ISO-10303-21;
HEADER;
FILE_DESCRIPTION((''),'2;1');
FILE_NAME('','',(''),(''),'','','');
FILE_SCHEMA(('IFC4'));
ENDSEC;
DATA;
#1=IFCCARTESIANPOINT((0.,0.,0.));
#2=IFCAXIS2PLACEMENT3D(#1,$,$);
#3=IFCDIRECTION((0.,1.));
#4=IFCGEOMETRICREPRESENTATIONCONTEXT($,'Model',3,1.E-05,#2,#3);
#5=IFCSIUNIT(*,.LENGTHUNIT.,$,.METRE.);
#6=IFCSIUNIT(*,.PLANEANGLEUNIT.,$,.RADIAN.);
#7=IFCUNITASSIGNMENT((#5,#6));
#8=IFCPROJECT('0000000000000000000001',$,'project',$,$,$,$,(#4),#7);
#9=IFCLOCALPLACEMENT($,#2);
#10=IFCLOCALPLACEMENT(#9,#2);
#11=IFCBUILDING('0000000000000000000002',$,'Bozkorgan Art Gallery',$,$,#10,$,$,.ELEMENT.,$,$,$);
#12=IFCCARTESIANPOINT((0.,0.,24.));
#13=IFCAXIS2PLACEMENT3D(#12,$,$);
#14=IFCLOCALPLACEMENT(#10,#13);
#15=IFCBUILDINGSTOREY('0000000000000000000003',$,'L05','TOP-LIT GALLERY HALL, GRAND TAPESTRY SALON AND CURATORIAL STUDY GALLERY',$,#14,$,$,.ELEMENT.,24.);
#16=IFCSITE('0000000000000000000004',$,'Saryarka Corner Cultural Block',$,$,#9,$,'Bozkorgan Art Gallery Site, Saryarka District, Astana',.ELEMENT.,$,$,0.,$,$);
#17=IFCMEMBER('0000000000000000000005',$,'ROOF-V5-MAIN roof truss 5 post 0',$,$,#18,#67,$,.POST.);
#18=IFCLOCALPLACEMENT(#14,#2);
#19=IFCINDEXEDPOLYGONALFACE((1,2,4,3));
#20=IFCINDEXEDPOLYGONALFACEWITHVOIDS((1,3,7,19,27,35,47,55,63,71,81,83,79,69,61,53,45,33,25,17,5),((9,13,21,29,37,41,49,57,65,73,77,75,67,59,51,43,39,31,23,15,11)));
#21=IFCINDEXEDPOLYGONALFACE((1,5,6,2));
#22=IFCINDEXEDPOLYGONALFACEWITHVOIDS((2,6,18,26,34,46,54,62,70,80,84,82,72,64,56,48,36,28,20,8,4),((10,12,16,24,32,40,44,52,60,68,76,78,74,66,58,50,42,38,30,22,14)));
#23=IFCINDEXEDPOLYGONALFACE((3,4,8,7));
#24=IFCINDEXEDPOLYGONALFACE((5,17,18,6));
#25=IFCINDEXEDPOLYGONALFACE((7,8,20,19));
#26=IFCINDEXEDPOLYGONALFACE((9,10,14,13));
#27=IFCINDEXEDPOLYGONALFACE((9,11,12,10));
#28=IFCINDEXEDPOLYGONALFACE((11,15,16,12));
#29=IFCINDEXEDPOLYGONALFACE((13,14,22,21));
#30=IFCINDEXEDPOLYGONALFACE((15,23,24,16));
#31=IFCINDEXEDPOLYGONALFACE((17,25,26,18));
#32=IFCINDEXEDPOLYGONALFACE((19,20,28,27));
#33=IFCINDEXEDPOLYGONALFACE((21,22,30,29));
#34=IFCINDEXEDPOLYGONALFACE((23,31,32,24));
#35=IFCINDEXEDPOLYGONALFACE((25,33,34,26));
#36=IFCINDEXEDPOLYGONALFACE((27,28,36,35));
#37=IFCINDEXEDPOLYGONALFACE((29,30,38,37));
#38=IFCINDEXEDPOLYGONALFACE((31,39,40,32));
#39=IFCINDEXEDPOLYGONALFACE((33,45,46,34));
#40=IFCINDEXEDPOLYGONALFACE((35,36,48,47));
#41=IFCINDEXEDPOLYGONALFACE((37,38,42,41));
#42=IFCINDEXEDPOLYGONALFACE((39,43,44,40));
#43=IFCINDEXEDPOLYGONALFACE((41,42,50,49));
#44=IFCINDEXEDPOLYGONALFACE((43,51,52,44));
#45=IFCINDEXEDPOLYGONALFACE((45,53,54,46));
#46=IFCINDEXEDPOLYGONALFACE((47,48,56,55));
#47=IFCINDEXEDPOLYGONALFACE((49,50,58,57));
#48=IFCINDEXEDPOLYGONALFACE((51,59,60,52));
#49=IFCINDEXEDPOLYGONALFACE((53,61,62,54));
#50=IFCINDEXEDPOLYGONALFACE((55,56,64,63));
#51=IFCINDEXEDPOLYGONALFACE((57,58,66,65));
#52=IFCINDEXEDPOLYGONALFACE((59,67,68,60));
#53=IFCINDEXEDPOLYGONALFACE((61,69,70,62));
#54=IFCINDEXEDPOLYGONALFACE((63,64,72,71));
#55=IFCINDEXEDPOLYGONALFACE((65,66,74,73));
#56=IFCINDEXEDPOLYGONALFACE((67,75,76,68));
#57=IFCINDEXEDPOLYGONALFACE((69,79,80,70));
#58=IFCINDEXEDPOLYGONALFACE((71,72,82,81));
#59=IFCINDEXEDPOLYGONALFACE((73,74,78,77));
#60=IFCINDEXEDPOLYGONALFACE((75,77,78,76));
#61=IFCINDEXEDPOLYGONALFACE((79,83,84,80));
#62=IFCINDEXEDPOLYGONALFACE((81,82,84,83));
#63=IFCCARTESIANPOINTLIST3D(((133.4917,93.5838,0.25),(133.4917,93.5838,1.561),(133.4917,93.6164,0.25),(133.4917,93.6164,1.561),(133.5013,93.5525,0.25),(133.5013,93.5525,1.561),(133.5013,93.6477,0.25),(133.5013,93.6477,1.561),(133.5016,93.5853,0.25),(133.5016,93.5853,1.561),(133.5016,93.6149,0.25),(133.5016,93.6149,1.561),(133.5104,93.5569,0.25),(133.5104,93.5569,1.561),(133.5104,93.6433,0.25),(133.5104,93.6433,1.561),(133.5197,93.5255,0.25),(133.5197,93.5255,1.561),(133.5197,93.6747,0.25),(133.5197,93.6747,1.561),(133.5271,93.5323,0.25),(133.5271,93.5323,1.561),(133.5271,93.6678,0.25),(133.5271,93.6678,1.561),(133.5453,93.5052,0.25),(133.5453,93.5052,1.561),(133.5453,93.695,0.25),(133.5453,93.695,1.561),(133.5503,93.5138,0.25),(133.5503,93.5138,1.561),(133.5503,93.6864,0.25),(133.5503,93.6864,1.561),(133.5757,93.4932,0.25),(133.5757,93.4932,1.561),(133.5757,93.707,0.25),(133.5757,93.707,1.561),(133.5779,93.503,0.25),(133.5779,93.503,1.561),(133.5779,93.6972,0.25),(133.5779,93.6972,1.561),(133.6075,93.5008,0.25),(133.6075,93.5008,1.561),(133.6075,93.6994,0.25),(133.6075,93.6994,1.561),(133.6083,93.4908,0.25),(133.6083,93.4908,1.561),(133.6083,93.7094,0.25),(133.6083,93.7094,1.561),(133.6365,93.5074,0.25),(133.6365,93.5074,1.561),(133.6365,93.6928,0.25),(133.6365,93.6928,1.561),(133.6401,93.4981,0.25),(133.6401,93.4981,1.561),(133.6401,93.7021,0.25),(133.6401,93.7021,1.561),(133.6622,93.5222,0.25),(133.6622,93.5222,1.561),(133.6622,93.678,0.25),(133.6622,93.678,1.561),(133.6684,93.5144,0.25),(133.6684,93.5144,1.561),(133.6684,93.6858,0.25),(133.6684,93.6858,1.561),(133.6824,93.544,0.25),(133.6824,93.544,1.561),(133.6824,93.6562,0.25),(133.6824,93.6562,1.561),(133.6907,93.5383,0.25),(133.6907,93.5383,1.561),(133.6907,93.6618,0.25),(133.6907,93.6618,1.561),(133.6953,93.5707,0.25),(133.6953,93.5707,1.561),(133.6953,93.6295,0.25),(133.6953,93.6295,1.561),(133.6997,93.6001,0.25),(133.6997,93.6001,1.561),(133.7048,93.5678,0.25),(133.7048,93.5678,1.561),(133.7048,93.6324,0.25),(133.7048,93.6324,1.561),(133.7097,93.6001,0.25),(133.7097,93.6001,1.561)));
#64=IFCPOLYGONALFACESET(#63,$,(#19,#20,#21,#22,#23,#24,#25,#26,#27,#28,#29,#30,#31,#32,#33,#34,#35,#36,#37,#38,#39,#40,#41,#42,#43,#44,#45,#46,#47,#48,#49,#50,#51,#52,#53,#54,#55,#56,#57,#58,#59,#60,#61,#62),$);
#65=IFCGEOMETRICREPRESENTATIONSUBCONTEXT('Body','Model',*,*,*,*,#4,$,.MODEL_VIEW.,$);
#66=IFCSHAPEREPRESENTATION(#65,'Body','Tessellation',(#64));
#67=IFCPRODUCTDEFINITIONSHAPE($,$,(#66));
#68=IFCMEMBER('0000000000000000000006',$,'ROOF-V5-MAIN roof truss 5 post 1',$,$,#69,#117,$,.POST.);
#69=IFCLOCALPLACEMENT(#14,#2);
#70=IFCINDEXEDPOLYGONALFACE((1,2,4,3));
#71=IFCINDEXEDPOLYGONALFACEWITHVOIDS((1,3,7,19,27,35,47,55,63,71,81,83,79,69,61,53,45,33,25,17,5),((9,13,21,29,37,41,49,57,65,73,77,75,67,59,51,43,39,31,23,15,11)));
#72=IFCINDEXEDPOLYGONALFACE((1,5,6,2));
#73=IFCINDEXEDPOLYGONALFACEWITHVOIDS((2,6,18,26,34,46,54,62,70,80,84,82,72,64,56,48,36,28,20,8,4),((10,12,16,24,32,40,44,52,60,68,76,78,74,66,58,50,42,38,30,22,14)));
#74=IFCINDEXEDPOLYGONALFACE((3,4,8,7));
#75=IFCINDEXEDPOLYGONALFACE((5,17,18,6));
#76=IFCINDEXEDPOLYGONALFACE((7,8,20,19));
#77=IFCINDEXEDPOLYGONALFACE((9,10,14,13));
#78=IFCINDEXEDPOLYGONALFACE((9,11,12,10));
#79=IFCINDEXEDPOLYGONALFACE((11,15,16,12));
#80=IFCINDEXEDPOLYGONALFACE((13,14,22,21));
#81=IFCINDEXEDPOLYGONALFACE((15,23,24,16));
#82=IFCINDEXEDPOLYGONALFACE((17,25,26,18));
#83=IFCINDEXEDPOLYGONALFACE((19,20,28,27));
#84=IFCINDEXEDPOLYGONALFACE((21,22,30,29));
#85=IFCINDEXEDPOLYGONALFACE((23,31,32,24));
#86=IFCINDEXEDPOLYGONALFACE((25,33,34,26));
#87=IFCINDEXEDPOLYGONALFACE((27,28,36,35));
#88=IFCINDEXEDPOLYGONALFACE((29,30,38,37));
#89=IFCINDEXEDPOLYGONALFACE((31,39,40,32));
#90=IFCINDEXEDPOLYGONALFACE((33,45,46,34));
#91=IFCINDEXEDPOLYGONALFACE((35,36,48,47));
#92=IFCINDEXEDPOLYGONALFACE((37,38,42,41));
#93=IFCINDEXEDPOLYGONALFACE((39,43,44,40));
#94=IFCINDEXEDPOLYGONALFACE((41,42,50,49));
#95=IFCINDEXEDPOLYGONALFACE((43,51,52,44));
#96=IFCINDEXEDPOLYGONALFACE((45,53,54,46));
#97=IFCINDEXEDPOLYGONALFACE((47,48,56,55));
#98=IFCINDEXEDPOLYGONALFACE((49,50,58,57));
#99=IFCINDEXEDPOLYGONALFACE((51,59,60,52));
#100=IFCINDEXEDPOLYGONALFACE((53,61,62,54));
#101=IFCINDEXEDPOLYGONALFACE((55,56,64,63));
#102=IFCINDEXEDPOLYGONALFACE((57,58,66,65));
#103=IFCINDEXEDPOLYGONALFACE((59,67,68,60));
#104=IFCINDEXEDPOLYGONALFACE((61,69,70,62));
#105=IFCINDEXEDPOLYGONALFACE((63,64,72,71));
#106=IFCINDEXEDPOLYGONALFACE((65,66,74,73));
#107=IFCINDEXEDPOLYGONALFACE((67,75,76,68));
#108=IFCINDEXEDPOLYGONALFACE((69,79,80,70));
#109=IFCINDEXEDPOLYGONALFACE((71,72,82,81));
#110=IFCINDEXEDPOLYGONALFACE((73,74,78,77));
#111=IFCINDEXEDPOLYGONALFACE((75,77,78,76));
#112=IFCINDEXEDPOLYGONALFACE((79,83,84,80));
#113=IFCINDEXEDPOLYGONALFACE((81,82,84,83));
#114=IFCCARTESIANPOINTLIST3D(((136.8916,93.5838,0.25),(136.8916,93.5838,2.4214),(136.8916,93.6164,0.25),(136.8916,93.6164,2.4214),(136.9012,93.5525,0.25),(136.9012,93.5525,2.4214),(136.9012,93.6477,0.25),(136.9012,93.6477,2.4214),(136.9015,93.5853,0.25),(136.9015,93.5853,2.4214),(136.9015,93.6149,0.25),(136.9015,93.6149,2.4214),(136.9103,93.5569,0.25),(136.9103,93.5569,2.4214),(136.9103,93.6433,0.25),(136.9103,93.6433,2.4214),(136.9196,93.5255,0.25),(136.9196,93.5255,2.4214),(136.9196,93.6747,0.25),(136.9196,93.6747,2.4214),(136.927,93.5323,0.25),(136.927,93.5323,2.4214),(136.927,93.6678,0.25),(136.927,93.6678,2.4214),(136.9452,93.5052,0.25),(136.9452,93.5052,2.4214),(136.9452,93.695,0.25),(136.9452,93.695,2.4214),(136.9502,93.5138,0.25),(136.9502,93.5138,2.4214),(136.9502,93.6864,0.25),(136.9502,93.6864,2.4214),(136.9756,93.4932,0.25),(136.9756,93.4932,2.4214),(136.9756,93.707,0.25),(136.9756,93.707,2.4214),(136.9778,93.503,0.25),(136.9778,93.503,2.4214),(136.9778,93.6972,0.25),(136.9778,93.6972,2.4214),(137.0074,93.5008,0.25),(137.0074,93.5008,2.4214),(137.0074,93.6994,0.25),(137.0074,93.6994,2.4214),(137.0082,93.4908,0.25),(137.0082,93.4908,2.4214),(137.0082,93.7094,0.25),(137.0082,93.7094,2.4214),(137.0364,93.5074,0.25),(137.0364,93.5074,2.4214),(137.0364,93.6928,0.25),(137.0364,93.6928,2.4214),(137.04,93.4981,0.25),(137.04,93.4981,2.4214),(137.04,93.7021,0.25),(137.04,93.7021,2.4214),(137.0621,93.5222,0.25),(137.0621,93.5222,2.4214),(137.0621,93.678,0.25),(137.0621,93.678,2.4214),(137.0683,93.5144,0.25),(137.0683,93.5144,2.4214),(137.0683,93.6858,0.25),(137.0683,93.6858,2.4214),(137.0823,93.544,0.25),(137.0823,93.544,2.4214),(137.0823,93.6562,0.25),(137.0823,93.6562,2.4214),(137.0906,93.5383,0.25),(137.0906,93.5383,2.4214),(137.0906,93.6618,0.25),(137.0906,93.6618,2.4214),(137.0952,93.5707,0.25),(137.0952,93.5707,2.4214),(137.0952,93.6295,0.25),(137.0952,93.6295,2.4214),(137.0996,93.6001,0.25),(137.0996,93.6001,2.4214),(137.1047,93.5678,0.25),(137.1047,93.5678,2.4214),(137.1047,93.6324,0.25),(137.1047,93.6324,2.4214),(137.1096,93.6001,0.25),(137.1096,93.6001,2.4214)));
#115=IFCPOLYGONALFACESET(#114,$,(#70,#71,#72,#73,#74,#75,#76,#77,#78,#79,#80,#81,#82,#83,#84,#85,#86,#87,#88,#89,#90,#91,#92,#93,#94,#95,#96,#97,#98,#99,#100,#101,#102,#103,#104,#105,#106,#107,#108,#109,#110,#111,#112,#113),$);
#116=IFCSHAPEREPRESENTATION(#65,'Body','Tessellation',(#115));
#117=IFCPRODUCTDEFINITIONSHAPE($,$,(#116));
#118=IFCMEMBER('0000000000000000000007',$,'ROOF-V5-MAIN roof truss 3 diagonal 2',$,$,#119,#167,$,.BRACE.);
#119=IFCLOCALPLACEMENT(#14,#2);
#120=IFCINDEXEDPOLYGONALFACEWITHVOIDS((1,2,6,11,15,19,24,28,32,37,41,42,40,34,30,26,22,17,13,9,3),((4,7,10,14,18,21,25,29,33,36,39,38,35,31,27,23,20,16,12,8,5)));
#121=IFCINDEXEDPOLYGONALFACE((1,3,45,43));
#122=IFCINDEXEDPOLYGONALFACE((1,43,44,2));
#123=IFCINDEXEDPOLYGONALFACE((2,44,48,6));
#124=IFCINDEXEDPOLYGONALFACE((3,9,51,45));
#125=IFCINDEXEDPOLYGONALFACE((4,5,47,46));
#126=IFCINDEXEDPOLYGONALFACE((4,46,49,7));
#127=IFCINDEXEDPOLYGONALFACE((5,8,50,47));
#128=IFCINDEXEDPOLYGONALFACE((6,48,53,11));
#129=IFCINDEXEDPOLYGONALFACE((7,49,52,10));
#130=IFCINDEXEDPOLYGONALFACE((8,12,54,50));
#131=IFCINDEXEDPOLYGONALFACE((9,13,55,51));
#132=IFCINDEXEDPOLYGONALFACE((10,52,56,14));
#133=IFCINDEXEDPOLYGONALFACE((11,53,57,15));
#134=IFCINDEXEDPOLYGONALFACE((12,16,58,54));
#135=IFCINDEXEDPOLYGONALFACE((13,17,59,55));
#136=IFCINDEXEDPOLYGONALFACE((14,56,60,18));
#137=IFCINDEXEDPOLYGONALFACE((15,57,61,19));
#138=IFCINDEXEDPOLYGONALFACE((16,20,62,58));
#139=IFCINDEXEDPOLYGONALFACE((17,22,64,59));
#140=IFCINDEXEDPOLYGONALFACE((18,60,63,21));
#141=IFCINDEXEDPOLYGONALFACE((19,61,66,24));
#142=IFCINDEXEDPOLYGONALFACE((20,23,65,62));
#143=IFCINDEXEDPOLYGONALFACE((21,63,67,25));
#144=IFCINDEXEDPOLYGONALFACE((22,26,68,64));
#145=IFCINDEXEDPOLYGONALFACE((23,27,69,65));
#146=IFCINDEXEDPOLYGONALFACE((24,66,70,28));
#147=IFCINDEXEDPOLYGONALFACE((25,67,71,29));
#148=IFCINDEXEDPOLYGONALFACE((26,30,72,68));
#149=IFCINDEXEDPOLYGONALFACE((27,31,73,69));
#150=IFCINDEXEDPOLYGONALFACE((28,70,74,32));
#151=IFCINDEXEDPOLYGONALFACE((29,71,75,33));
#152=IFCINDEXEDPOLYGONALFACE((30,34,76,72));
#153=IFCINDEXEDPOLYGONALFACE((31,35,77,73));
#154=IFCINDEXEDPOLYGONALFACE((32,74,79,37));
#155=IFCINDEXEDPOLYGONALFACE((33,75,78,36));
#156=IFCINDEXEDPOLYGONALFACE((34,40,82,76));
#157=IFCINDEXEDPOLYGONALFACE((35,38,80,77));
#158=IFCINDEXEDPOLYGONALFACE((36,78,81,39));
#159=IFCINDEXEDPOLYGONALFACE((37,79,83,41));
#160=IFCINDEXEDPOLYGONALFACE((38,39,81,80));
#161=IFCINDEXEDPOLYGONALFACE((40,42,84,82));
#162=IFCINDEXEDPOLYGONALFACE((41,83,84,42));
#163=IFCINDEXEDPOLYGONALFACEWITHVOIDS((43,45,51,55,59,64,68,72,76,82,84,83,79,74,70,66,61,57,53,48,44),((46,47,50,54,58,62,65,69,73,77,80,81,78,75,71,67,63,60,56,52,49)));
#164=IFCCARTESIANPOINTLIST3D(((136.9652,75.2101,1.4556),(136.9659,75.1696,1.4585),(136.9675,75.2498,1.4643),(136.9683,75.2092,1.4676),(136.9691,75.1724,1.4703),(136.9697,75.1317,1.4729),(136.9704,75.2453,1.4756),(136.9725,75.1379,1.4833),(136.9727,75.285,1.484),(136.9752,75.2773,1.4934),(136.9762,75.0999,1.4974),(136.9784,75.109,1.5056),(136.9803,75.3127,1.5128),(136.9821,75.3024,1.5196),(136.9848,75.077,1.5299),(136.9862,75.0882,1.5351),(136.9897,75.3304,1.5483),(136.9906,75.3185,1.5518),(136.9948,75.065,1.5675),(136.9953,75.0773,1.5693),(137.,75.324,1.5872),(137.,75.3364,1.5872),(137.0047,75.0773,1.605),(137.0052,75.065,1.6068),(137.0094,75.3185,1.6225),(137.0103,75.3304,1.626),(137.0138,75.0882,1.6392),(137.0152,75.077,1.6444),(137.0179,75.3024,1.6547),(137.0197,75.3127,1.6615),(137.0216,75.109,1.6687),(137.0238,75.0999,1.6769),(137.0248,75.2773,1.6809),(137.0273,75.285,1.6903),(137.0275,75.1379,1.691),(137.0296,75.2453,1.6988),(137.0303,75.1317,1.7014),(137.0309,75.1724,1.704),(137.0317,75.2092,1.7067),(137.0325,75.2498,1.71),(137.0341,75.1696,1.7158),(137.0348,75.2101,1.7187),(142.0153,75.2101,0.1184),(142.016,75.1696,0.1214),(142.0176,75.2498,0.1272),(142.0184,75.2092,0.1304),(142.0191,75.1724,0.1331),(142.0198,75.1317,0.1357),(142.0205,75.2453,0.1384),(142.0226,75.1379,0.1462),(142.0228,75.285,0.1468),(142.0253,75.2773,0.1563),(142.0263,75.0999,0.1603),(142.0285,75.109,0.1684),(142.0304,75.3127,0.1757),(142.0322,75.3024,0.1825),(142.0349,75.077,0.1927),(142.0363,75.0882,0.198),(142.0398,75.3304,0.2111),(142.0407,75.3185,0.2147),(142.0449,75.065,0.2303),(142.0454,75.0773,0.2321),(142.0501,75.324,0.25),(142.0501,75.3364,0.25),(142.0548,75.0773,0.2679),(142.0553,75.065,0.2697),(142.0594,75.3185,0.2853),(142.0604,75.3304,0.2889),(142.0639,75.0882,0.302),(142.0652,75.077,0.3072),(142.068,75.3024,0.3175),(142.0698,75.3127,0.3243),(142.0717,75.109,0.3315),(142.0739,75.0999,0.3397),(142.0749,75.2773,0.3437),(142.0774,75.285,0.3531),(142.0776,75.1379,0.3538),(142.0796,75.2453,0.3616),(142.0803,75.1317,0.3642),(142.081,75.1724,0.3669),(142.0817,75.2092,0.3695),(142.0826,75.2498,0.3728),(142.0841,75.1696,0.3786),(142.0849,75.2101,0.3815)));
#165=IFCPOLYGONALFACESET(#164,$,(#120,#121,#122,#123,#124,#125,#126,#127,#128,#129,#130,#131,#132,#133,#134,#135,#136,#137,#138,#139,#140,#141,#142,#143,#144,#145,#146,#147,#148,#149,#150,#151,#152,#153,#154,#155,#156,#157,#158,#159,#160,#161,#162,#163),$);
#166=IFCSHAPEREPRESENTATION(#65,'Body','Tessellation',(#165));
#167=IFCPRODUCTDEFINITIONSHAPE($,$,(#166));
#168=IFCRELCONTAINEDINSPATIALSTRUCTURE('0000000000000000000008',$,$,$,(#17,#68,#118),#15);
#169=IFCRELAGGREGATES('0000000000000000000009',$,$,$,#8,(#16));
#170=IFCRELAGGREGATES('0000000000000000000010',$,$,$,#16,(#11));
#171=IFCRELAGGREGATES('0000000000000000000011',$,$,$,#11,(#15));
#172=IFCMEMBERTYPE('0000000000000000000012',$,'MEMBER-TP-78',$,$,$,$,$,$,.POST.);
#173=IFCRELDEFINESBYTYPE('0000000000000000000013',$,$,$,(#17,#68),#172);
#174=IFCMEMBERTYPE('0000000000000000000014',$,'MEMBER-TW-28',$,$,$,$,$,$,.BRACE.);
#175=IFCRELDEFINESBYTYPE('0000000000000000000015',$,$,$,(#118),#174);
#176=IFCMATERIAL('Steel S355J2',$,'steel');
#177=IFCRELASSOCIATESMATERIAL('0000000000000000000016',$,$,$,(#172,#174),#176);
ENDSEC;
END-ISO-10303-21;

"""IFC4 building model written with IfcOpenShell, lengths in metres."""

from ifc_helpers import new_model, si_unit, direction, frame, origin, origin_2d, place, context, subcontext, project, spatial, hollow_circle, extrude, material, material_profile, profile_set, type_object, element, save


model = new_model("IFC4")

# Units and contexts
model_context = context("Model", 3, precision=1e-05, world=origin(), true_north=direction((0.0, 1.0)))
body_context = subcontext(model_context, "Body", "Model", "MODEL_VIEW")
ifc_project = project(units=[si_unit("LENGTHUNIT", "METRE"), si_unit("PLANEANGLEUNIT", "RADIAN")], contexts=[model_context])

# Site, building, storey
site_placement = place(None, origin())
site = spatial("IfcSite", under=ifc_project, at=site_placement, Name="Saryarka Corner Cultural Block", LongName="Bozkorgan Art Gallery Site, Saryarka District, Astana", CompositionType="ELEMENT", RefElevation=0.0)
building_placement = place(site_placement, origin())
building = spatial("IfcBuilding", under=site, at=building_placement, Name="Bozkorgan Art Gallery", CompositionType="ELEMENT")
storey_placement = place(building_placement, frame((0.0, 0.0, 24.0)))
storey = spatial("IfcBuildingStorey", under=building, at=storey_placement, Name="L05", Description="TOP-LIT GALLERY HALL, GRAND TAPESTRY SALON AND CURATORIAL STUDY GALLERY", CompositionType="ELEMENT", Elevation=24.0)

# Members
ifc_material = material(Name="Steel S355J2", Category="steel")
ifc_material_profile_1 = material_profile(ifc_material, hollow_circle(Radius=0.1096, WallThickness=0.01, at=origin_2d()), Name="CHS 219.1x10")
ifc_profile_set_1 = profile_set([ifc_material_profile_1], Name="Steel S355J2")
member_type_1 = type_object("IfcMemberType", Name="MEMBER-TP-78", PredefinedType="POST", material=ifc_profile_set_1)
member_1_placement = place(storey_placement, frame((133.6001, 93.6001, 0.25), z_axis=(0.0, 0.0, 1.0), x_axis=(1.0, 0.0, 0.0)))
element("IfcMember", 1, at=member_1_placement, inside=storey, type_object=member_type_1, Name="ROOF-V5-MAIN roof truss 5 post 0", PredefinedType="POST", context=body_context, shape_type="SweptSolid", body=[
    extrude(hollow_circle(Radius=0.1096, WallThickness=0.01, at=origin_2d()), origin(), (0.0, 0.0, 1.0), 1.311),
])
member_2_placement = place(storey_placement, frame((137.0, 93.6001, 0.25), z_axis=(0.0, 0.0, 1.0), x_axis=(1.0, 0.0, 0.0)))
element("IfcMember", 2, at=member_2_placement, inside=storey, type_object=member_type_1, Name="ROOF-V5-MAIN roof truss 5 post 1", PredefinedType="POST", context=body_context, shape_type="SweptSolid", body=[
    extrude(hollow_circle(Radius=0.1096, WallThickness=0.01, at=origin_2d()), origin(), (0.0, 0.0, 1.0), 2.1714),
])
ifc_material_profile_2 = material_profile(ifc_material, hollow_circle(Radius=0.1365, WallThickness=0.0125, at=origin_2d()), Name="CHS 273x12.5")
ifc_profile_set_2 = profile_set([ifc_material_profile_2], Name="Steel S355J2")
member_type_2 = type_object("IfcMemberType", Name="MEMBER-TW-28", PredefinedType="BRACE", material=ifc_profile_set_2)
member_3_placement = place(storey_placement, frame((137.0, 75.2, 1.5872), z_axis=(0.966687, 0.0, -0.255961), x_axis=(0.0, 1.0, 0.0)))
element("IfcMember", 3, at=member_3_placement, inside=storey, type_object=member_type_2, Name="ROOF-V5-MAIN roof truss 3 diagonal 2", PredefinedType="BRACE", context=body_context, shape_type="SweptSolid", body=[
    extrude(hollow_circle(Radius=0.1365, WallThickness=0.0125, at=origin_2d()), origin(), (0.0, 0.0, 1.0), 5.2241),
])

save(model, "model.ifc")
